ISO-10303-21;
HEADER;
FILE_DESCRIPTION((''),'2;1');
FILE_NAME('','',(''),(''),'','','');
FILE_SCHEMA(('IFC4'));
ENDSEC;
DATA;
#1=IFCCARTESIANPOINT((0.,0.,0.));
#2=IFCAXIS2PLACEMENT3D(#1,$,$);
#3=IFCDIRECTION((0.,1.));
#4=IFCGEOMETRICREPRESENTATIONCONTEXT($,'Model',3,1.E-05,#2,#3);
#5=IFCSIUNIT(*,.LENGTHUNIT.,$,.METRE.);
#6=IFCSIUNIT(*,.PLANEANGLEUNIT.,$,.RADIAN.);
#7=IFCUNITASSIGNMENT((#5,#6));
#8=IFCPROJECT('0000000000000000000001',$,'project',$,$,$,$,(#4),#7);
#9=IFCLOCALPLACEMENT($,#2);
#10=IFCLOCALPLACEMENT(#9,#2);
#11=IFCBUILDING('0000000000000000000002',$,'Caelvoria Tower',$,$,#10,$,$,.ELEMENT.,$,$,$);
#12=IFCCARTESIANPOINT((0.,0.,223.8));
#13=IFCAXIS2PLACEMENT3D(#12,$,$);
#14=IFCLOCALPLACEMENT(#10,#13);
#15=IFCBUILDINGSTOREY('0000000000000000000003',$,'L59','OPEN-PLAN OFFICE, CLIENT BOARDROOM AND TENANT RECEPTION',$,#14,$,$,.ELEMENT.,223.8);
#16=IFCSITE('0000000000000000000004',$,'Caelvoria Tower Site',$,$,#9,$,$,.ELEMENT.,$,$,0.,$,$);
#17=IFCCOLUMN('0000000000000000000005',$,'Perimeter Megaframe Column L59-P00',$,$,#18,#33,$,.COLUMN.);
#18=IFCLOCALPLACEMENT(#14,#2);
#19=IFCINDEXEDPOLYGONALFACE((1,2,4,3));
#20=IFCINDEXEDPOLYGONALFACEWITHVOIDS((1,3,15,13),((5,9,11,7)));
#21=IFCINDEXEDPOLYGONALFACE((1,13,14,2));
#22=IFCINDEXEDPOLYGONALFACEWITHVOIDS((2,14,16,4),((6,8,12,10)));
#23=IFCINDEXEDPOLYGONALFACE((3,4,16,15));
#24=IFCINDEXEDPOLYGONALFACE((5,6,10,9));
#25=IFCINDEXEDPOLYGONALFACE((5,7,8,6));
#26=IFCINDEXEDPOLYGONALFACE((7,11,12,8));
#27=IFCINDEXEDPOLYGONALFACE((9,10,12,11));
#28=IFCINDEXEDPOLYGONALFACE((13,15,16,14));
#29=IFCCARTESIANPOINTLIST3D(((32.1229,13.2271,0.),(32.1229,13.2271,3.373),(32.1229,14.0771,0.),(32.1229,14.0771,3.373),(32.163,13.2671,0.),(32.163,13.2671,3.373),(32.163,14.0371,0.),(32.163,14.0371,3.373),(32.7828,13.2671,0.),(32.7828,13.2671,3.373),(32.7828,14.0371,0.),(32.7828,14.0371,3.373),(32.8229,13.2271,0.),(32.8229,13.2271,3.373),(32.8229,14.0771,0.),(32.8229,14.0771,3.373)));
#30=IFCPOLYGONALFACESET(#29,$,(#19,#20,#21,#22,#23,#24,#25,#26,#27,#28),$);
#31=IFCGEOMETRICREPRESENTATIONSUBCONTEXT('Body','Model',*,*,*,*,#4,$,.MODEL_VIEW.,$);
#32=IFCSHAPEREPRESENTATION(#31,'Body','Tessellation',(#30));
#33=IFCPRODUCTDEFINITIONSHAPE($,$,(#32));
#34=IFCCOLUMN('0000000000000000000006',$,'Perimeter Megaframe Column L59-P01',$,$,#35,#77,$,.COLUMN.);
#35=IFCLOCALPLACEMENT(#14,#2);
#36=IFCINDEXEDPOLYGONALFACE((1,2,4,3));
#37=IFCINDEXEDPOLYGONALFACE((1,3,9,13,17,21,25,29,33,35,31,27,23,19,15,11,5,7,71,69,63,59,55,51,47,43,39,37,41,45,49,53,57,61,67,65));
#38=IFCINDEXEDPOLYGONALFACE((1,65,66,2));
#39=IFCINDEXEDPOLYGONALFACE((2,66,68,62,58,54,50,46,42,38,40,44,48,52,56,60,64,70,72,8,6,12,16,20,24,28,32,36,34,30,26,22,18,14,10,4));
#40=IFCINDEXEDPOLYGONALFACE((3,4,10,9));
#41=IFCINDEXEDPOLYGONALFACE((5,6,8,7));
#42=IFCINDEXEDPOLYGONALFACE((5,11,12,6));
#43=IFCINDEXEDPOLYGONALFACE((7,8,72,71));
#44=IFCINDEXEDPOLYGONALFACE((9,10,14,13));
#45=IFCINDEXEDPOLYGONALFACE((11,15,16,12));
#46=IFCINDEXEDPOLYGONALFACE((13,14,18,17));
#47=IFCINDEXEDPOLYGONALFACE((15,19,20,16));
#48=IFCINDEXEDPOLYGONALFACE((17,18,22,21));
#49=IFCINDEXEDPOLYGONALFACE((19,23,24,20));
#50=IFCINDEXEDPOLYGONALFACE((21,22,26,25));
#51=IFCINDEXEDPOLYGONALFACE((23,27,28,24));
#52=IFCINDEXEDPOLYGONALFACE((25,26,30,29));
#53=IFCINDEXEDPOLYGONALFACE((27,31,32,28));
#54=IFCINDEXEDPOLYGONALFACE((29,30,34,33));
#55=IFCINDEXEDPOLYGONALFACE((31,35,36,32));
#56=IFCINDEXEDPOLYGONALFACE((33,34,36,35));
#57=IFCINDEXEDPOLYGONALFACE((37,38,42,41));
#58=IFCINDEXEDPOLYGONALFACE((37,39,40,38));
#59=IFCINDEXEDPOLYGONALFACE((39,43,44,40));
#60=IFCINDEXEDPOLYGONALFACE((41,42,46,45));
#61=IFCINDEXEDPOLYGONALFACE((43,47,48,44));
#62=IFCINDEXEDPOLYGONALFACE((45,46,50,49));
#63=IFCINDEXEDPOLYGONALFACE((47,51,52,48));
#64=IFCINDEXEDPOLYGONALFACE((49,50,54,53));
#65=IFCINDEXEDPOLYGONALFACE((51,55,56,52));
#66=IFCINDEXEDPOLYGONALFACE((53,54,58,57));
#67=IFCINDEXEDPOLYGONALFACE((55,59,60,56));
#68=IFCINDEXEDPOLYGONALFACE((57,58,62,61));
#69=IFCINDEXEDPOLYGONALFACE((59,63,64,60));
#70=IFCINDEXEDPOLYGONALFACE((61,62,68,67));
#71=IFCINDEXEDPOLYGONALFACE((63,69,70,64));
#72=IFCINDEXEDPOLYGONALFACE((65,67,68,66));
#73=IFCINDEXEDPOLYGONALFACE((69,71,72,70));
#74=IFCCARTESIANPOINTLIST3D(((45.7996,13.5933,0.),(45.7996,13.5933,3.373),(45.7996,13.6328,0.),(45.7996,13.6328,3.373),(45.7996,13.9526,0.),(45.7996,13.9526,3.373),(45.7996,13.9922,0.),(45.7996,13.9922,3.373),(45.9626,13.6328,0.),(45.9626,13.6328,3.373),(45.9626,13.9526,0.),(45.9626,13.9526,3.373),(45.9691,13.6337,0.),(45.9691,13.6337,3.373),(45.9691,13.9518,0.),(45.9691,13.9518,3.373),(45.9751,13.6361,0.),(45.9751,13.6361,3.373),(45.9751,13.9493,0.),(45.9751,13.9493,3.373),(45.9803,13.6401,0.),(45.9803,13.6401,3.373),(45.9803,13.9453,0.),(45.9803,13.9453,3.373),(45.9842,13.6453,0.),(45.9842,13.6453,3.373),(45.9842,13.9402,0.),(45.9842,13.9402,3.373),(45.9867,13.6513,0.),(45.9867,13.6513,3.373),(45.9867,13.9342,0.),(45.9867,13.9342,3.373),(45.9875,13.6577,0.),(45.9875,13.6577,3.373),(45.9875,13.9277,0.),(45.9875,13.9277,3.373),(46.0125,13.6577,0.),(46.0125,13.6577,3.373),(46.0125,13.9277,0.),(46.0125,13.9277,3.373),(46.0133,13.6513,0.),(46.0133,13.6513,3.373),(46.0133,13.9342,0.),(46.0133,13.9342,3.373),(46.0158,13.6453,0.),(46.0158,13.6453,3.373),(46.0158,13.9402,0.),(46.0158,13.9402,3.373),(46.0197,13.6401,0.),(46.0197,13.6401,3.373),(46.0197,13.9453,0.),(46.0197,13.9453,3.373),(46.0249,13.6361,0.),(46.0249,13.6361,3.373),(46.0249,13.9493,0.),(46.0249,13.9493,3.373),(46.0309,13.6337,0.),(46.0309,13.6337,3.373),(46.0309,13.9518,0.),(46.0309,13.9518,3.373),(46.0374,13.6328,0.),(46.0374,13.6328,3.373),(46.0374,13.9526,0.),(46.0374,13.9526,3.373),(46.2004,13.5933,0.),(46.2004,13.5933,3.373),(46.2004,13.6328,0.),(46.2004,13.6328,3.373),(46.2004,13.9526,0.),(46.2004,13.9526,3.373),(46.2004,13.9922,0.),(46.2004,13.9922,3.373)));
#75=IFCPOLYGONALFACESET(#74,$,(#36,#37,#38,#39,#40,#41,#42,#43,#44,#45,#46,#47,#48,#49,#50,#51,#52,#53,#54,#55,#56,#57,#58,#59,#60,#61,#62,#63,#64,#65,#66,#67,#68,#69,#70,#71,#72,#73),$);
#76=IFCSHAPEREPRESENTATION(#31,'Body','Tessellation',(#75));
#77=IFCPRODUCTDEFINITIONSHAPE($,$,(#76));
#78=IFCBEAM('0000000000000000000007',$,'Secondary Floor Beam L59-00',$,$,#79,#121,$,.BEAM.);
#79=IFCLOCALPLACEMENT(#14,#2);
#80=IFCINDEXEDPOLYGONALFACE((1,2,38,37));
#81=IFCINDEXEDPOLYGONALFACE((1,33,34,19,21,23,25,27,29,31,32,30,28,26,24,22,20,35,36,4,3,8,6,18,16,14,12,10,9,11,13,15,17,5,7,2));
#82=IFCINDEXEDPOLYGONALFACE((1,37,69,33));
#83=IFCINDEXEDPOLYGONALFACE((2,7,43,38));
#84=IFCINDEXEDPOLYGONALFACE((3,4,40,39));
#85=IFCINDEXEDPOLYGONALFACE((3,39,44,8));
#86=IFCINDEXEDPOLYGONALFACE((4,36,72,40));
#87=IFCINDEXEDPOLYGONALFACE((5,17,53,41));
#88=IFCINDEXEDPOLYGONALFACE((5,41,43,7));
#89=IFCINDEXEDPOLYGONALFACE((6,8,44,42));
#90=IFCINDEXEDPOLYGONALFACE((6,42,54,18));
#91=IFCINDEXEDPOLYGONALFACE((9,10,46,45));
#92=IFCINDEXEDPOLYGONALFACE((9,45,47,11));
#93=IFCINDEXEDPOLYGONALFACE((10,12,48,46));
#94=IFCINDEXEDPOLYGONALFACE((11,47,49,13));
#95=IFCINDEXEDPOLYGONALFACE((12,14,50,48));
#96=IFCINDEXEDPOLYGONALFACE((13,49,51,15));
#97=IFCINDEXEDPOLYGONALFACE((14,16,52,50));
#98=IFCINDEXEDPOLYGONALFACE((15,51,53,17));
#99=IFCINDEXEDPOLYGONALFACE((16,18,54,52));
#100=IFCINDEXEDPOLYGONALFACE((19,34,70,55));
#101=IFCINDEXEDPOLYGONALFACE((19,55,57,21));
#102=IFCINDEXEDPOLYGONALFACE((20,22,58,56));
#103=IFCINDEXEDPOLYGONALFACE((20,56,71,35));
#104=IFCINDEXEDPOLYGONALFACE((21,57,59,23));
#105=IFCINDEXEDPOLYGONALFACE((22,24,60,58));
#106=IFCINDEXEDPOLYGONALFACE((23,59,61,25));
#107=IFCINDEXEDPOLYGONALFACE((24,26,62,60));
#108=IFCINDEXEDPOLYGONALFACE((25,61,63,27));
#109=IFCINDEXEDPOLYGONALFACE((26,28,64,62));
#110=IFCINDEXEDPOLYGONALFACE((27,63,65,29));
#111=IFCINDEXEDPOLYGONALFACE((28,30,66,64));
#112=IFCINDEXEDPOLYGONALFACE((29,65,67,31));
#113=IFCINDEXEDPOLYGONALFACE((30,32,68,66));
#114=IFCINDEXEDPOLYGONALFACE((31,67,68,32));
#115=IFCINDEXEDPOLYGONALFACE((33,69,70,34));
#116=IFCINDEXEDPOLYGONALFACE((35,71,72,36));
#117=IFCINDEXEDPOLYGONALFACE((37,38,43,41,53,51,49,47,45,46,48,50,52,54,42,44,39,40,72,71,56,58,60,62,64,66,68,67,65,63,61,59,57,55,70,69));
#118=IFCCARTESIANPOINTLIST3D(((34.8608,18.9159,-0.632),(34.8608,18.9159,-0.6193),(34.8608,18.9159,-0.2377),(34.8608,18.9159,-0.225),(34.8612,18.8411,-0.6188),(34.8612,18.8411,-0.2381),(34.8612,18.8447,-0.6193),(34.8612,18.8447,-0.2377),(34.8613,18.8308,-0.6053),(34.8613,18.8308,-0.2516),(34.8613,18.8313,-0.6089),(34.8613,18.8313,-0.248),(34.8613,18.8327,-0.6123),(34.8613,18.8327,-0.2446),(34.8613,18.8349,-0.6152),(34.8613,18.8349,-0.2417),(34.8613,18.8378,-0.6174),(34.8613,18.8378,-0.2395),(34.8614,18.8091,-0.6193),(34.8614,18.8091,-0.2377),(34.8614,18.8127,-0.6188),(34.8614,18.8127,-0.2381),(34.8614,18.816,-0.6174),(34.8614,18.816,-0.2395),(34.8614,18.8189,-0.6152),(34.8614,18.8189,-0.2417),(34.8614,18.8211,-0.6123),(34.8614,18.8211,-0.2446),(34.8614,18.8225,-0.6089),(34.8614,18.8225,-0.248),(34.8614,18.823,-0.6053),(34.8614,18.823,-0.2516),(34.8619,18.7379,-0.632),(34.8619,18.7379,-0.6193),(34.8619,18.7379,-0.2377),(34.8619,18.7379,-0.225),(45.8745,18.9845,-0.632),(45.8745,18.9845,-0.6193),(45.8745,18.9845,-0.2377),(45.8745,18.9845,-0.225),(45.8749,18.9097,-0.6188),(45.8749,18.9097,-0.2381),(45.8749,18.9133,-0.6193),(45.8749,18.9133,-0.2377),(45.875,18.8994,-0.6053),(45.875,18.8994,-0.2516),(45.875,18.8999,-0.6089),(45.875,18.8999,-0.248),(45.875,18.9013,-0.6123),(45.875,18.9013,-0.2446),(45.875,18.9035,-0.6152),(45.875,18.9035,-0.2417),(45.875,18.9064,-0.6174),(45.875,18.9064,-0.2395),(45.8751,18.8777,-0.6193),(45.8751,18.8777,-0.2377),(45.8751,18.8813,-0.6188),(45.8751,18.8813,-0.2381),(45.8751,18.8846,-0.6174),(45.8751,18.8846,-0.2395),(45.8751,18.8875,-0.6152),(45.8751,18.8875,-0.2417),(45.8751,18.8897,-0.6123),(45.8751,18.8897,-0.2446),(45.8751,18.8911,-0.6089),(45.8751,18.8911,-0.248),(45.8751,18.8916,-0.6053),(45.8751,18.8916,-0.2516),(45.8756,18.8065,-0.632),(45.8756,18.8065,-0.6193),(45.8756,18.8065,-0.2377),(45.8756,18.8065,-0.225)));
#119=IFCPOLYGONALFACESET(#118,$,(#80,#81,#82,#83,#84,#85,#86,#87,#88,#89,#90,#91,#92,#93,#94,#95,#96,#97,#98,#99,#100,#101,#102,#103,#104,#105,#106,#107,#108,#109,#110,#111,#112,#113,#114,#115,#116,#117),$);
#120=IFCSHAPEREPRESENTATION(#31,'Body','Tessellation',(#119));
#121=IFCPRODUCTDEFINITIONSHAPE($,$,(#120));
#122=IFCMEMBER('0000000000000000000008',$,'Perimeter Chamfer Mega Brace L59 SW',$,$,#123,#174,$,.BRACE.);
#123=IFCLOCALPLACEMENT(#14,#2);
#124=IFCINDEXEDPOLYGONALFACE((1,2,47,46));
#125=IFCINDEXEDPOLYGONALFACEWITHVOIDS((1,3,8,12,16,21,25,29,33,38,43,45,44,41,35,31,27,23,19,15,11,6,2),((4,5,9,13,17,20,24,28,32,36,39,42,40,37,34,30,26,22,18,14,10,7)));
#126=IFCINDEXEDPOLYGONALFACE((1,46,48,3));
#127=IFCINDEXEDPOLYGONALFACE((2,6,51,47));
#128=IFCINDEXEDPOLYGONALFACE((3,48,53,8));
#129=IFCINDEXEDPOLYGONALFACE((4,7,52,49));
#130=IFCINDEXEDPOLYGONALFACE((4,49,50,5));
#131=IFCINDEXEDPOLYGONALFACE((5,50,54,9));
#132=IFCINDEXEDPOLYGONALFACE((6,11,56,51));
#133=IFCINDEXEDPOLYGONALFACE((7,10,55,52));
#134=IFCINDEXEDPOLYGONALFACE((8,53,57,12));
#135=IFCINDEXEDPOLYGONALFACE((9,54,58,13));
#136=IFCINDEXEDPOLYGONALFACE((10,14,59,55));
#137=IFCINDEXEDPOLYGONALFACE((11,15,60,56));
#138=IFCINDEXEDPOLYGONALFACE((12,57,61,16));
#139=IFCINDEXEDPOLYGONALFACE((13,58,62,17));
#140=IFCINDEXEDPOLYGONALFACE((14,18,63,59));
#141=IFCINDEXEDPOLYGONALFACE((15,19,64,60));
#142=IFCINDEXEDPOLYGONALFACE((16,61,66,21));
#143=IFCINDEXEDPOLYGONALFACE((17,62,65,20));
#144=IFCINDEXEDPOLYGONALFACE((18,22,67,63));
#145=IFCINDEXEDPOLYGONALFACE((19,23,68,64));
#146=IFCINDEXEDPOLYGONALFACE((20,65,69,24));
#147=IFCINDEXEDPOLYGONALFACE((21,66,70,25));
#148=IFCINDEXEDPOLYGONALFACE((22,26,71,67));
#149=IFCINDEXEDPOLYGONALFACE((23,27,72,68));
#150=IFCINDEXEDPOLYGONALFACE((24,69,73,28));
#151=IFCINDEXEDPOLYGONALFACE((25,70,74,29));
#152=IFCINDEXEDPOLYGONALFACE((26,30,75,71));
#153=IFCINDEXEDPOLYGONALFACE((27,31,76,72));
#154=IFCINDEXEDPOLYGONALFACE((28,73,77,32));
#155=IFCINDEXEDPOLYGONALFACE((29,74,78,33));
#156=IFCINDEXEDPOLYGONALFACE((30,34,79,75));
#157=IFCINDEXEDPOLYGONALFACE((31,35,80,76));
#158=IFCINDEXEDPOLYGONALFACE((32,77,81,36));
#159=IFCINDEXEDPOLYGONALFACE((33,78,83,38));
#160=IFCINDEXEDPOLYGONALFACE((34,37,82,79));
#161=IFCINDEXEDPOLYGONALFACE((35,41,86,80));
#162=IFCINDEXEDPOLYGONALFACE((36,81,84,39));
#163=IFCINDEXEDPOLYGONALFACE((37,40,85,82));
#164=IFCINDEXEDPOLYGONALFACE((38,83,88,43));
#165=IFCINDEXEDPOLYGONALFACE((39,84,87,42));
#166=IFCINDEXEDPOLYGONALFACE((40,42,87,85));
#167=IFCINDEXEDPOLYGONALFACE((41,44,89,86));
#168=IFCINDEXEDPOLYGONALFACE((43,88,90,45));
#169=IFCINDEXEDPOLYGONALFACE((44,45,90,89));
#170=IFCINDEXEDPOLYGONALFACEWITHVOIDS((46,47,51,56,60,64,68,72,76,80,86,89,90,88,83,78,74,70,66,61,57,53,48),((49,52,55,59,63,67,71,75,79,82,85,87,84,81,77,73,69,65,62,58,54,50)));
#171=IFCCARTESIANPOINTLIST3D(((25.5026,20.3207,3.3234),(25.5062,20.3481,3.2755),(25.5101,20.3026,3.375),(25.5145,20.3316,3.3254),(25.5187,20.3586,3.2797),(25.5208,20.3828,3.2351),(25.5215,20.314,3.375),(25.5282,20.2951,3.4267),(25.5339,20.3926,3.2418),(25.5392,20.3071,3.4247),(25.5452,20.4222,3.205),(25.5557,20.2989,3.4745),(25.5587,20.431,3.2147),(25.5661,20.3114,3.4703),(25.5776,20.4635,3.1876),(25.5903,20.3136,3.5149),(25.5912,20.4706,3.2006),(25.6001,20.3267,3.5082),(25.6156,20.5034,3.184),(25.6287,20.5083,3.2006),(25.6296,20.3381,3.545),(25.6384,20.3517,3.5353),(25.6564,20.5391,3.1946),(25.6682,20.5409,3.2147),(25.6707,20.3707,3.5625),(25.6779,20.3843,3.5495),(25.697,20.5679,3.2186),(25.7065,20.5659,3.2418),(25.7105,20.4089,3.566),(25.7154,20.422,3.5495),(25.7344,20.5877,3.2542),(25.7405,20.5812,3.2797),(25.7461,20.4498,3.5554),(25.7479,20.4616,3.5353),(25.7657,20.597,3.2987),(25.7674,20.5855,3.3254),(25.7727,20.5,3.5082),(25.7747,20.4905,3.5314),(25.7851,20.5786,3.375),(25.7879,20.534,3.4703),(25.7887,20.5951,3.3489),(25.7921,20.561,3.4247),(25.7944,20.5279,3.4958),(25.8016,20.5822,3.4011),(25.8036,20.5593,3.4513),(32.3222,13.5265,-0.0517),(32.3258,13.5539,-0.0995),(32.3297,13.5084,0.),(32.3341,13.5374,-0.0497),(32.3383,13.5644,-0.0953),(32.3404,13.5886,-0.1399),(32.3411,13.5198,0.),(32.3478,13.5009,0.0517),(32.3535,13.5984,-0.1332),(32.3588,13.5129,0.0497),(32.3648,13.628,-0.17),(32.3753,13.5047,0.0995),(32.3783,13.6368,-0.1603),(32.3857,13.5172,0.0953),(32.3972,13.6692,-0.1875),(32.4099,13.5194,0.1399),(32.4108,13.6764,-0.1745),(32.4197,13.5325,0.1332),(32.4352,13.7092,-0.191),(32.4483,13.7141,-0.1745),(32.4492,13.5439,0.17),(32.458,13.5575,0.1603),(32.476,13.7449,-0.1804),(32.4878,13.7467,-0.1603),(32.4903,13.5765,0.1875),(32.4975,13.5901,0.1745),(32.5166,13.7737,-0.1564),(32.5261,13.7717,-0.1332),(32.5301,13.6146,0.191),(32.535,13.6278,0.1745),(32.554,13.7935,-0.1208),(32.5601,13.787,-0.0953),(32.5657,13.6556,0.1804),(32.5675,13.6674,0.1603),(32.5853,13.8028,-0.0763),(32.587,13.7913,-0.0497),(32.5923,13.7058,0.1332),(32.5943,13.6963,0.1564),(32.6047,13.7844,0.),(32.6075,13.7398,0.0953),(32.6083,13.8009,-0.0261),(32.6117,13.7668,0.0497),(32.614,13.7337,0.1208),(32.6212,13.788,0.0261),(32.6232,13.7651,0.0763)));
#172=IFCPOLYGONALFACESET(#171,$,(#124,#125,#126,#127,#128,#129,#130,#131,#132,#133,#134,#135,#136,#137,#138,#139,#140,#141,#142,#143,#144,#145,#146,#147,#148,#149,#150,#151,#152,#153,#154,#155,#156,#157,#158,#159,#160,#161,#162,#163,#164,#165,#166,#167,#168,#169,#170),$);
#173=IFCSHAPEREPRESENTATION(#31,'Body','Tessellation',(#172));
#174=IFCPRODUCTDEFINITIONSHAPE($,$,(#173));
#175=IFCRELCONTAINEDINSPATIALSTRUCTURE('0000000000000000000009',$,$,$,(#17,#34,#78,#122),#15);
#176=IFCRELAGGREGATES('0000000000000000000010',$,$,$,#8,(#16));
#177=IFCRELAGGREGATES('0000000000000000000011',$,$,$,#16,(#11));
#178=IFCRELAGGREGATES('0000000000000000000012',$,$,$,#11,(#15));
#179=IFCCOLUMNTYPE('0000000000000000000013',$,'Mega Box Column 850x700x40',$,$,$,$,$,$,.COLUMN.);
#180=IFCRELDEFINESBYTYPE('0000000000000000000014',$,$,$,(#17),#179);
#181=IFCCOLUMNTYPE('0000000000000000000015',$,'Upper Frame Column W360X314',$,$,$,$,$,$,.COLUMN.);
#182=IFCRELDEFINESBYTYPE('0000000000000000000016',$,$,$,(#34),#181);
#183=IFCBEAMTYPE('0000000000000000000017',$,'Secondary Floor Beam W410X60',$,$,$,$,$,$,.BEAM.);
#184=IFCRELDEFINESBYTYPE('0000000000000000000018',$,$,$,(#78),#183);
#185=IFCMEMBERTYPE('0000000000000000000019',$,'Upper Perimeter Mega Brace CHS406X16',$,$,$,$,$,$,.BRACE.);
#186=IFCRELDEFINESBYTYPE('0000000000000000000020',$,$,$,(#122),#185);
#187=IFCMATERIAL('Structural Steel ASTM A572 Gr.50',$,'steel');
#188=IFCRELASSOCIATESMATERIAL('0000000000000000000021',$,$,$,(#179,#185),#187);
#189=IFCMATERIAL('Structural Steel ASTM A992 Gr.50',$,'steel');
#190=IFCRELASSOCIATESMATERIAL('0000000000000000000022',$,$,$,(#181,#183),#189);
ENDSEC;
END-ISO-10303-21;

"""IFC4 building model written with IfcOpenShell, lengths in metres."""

from ifc_helpers import new_model, si_unit, direction, frame, origin, origin_2d, place, context, subcontext, project, spatial, hollow_rectangle, hollow_circle, i_section, extrude, material, material_profile, profile_set, type_object, element, save


model = new_model("IFC4")

# Units and contexts
model_context = context("Model", 3, precision=1e-05, world=origin(), true_north=direction((0.0, 1.0)))
body_context = subcontext(model_context, "Body", "Model", "MODEL_VIEW")
ifc_project = project(units=[si_unit("LENGTHUNIT", "METRE"), si_unit("PLANEANGLEUNIT", "RADIAN")], contexts=[model_context])

# Site, building, storey
site_placement = place(None, origin())
site = spatial("IfcSite", under=ifc_project, at=site_placement, Name="Caelvoria Tower Site", CompositionType="ELEMENT", RefElevation=0.0)
building_placement = place(site_placement, origin())
building = spatial("IfcBuilding", under=site, at=building_placement, Name="Caelvoria Tower", CompositionType="ELEMENT")
storey_placement = place(building_placement, frame((0.0, 0.0, 223.8)))
storey = spatial("IfcBuildingStorey", under=building, at=storey_placement, Name="L59", Description="OPEN-PLAN OFFICE, CLIENT BOARDROOM AND TENANT RECEPTION", CompositionType="ELEMENT", Elevation=223.8)

# Columns
ifc_material_1 = material(Name="Structural Steel ASTM A572 Gr.50", Category="steel")
ifc_material_profile_1 = material_profile(ifc_material_1, hollow_rectangle(XDim=0.7, YDim=0.8501, WallThickness=0.04, at=origin_2d()), Name="Structural Steel ASTM A572 Gr.50")
ifc_profile_set_1 = profile_set([ifc_material_profile_1], Name="BOX850X700X40 - Structural Steel ASTM A572 Gr.50")
column_type_1 = type_object("IfcColumnType", Name="Mega Box Column 850x700x40", PredefinedType="COLUMN", material=ifc_profile_set_1)
column_1_placement = place(storey_placement, frame((32.4729, 13.6521, 0.0), z_axis=(0.0, 0.0, 1.0), x_axis=(1.0, 0.0, 0.0)))
element("IfcColumn", 1, at=column_1_placement, inside=storey, type_object=column_type_1, Name="Perimeter Megaframe Column L59-P00", PredefinedType="COLUMN", context=body_context, shape_type="SweptSolid", body=[
    extrude(hollow_rectangle(XDim=0.7, YDim=0.8501, WallThickness=0.04, at=origin_2d()), origin(), (0.0, 0.0, 1.0), 3.373),
])
ifc_material_2 = material(Name="Structural Steel ASTM A992 Gr.50", Category="steel")
ifc_material_profile_2 = material_profile(ifc_material_2, i_section(OverallWidth=0.4009, OverallDepth=0.3989, WebThickness=0.0249, FlangeThickness=0.0396, FilletRadius=0.0249, at=origin_2d()), Name="Structural Steel ASTM A992 Gr.50")
ifc_profile_set_2 = profile_set([ifc_material_profile_2], Name="W360X314 - Structural Steel ASTM A992 Gr.50")
column_type_2 = type_object("IfcColumnType", Name="Upper Frame Column W360X314", PredefinedType="COLUMN", material=ifc_profile_set_2)
column_2_placement = place(storey_placement, frame((46.0, 13.7927, 0.0), z_axis=(0.0, 0.0, 1.0), x_axis=(1.0, 0.0, 0.0)))
element("IfcColumn", 2, at=column_2_placement, inside=storey, type_object=column_type_2, Name="Perimeter Megaframe Column L59-P01", PredefinedType="COLUMN", context=body_context, shape_type="SweptSolid", body=[
    extrude(i_section(OverallWidth=0.4009, OverallDepth=0.3989, WebThickness=0.0249, FlangeThickness=0.0396, FilletRadius=0.0249, at=origin_2d()), origin(), (0.0, 0.0, 1.0), 3.373),
])

# Beam
ifc_material_profile_3 = material_profile(ifc_material_2, i_section(OverallWidth=0.178, OverallDepth=0.407, WebThickness=0.0078, FlangeThickness=0.0127, FilletRadius=0.0139, at=origin_2d()), Name="Structural Steel ASTM A992 Gr.50")
ifc_profile_set_3 = profile_set([ifc_material_profile_3], Name="W410X60 - Structural Steel ASTM A992 Gr.50")
beam_type_1 = type_object("IfcBeamType", Name="Secondary Floor Beam W410X60", PredefinedType="BEAM", material=ifc_profile_set_3)
beam_placement = place(storey_placement, frame((34.8613, 18.8269, -0.4285), z_axis=(0.999981, 0.006229, 0.0), x_axis=(-0.006229, 0.999981, 0.0)))
element("IfcBeam", 3, at=beam_placement, inside=storey, type_object=beam_type_1, Name="Secondary Floor Beam L59-00", PredefinedType="BEAM", context=body_context, shape_type="SweptSolid", body=[
    extrude(i_section(OverallWidth=0.178, OverallDepth=0.407, WebThickness=0.0078, FlangeThickness=0.0127, FilletRadius=0.0139, at=origin_2d()), origin(), (0.0, 0.0, 1.0), 11.0139),
])

# Member
ifc_material_profile_4 = material_profile(ifc_material_1, hollow_circle(Radius=0.2029, WallThickness=0.0161, at=origin_2d()), Name="Structural Steel ASTM A572 Gr.50")
ifc_profile_set_4 = profile_set([ifc_material_profile_4], Name="CHS406X16 - Structural Steel ASTM A572 Gr.50")
member_type = type_object("IfcMemberType", Name="Upper Perimeter Mega Brace CHS406X16", PredefinedType="BRACE", material=ifc_profile_set_4)
member_placement = place(storey_placement, frame((32.4729, 13.6521, 0.0), z_axis=(-0.668527, 0.666038, 0.330853), x_axis=(-0.705787, -0.708424, 0.0)))
element("IfcMember", 4, at=member_placement, inside=storey, type_object=member_type, Name="Perimeter Chamfer Mega Brace L59 SW", PredefinedType="BRACE", context=body_context, shape_type="SweptSolid", body=[
    extrude(hollow_circle(Radius=0.2029, WallThickness=0.0161, at=origin_2d()), origin(), (0.0, 0.0, 1.0), 10.2009),
])

save(model, "model.ifc")
